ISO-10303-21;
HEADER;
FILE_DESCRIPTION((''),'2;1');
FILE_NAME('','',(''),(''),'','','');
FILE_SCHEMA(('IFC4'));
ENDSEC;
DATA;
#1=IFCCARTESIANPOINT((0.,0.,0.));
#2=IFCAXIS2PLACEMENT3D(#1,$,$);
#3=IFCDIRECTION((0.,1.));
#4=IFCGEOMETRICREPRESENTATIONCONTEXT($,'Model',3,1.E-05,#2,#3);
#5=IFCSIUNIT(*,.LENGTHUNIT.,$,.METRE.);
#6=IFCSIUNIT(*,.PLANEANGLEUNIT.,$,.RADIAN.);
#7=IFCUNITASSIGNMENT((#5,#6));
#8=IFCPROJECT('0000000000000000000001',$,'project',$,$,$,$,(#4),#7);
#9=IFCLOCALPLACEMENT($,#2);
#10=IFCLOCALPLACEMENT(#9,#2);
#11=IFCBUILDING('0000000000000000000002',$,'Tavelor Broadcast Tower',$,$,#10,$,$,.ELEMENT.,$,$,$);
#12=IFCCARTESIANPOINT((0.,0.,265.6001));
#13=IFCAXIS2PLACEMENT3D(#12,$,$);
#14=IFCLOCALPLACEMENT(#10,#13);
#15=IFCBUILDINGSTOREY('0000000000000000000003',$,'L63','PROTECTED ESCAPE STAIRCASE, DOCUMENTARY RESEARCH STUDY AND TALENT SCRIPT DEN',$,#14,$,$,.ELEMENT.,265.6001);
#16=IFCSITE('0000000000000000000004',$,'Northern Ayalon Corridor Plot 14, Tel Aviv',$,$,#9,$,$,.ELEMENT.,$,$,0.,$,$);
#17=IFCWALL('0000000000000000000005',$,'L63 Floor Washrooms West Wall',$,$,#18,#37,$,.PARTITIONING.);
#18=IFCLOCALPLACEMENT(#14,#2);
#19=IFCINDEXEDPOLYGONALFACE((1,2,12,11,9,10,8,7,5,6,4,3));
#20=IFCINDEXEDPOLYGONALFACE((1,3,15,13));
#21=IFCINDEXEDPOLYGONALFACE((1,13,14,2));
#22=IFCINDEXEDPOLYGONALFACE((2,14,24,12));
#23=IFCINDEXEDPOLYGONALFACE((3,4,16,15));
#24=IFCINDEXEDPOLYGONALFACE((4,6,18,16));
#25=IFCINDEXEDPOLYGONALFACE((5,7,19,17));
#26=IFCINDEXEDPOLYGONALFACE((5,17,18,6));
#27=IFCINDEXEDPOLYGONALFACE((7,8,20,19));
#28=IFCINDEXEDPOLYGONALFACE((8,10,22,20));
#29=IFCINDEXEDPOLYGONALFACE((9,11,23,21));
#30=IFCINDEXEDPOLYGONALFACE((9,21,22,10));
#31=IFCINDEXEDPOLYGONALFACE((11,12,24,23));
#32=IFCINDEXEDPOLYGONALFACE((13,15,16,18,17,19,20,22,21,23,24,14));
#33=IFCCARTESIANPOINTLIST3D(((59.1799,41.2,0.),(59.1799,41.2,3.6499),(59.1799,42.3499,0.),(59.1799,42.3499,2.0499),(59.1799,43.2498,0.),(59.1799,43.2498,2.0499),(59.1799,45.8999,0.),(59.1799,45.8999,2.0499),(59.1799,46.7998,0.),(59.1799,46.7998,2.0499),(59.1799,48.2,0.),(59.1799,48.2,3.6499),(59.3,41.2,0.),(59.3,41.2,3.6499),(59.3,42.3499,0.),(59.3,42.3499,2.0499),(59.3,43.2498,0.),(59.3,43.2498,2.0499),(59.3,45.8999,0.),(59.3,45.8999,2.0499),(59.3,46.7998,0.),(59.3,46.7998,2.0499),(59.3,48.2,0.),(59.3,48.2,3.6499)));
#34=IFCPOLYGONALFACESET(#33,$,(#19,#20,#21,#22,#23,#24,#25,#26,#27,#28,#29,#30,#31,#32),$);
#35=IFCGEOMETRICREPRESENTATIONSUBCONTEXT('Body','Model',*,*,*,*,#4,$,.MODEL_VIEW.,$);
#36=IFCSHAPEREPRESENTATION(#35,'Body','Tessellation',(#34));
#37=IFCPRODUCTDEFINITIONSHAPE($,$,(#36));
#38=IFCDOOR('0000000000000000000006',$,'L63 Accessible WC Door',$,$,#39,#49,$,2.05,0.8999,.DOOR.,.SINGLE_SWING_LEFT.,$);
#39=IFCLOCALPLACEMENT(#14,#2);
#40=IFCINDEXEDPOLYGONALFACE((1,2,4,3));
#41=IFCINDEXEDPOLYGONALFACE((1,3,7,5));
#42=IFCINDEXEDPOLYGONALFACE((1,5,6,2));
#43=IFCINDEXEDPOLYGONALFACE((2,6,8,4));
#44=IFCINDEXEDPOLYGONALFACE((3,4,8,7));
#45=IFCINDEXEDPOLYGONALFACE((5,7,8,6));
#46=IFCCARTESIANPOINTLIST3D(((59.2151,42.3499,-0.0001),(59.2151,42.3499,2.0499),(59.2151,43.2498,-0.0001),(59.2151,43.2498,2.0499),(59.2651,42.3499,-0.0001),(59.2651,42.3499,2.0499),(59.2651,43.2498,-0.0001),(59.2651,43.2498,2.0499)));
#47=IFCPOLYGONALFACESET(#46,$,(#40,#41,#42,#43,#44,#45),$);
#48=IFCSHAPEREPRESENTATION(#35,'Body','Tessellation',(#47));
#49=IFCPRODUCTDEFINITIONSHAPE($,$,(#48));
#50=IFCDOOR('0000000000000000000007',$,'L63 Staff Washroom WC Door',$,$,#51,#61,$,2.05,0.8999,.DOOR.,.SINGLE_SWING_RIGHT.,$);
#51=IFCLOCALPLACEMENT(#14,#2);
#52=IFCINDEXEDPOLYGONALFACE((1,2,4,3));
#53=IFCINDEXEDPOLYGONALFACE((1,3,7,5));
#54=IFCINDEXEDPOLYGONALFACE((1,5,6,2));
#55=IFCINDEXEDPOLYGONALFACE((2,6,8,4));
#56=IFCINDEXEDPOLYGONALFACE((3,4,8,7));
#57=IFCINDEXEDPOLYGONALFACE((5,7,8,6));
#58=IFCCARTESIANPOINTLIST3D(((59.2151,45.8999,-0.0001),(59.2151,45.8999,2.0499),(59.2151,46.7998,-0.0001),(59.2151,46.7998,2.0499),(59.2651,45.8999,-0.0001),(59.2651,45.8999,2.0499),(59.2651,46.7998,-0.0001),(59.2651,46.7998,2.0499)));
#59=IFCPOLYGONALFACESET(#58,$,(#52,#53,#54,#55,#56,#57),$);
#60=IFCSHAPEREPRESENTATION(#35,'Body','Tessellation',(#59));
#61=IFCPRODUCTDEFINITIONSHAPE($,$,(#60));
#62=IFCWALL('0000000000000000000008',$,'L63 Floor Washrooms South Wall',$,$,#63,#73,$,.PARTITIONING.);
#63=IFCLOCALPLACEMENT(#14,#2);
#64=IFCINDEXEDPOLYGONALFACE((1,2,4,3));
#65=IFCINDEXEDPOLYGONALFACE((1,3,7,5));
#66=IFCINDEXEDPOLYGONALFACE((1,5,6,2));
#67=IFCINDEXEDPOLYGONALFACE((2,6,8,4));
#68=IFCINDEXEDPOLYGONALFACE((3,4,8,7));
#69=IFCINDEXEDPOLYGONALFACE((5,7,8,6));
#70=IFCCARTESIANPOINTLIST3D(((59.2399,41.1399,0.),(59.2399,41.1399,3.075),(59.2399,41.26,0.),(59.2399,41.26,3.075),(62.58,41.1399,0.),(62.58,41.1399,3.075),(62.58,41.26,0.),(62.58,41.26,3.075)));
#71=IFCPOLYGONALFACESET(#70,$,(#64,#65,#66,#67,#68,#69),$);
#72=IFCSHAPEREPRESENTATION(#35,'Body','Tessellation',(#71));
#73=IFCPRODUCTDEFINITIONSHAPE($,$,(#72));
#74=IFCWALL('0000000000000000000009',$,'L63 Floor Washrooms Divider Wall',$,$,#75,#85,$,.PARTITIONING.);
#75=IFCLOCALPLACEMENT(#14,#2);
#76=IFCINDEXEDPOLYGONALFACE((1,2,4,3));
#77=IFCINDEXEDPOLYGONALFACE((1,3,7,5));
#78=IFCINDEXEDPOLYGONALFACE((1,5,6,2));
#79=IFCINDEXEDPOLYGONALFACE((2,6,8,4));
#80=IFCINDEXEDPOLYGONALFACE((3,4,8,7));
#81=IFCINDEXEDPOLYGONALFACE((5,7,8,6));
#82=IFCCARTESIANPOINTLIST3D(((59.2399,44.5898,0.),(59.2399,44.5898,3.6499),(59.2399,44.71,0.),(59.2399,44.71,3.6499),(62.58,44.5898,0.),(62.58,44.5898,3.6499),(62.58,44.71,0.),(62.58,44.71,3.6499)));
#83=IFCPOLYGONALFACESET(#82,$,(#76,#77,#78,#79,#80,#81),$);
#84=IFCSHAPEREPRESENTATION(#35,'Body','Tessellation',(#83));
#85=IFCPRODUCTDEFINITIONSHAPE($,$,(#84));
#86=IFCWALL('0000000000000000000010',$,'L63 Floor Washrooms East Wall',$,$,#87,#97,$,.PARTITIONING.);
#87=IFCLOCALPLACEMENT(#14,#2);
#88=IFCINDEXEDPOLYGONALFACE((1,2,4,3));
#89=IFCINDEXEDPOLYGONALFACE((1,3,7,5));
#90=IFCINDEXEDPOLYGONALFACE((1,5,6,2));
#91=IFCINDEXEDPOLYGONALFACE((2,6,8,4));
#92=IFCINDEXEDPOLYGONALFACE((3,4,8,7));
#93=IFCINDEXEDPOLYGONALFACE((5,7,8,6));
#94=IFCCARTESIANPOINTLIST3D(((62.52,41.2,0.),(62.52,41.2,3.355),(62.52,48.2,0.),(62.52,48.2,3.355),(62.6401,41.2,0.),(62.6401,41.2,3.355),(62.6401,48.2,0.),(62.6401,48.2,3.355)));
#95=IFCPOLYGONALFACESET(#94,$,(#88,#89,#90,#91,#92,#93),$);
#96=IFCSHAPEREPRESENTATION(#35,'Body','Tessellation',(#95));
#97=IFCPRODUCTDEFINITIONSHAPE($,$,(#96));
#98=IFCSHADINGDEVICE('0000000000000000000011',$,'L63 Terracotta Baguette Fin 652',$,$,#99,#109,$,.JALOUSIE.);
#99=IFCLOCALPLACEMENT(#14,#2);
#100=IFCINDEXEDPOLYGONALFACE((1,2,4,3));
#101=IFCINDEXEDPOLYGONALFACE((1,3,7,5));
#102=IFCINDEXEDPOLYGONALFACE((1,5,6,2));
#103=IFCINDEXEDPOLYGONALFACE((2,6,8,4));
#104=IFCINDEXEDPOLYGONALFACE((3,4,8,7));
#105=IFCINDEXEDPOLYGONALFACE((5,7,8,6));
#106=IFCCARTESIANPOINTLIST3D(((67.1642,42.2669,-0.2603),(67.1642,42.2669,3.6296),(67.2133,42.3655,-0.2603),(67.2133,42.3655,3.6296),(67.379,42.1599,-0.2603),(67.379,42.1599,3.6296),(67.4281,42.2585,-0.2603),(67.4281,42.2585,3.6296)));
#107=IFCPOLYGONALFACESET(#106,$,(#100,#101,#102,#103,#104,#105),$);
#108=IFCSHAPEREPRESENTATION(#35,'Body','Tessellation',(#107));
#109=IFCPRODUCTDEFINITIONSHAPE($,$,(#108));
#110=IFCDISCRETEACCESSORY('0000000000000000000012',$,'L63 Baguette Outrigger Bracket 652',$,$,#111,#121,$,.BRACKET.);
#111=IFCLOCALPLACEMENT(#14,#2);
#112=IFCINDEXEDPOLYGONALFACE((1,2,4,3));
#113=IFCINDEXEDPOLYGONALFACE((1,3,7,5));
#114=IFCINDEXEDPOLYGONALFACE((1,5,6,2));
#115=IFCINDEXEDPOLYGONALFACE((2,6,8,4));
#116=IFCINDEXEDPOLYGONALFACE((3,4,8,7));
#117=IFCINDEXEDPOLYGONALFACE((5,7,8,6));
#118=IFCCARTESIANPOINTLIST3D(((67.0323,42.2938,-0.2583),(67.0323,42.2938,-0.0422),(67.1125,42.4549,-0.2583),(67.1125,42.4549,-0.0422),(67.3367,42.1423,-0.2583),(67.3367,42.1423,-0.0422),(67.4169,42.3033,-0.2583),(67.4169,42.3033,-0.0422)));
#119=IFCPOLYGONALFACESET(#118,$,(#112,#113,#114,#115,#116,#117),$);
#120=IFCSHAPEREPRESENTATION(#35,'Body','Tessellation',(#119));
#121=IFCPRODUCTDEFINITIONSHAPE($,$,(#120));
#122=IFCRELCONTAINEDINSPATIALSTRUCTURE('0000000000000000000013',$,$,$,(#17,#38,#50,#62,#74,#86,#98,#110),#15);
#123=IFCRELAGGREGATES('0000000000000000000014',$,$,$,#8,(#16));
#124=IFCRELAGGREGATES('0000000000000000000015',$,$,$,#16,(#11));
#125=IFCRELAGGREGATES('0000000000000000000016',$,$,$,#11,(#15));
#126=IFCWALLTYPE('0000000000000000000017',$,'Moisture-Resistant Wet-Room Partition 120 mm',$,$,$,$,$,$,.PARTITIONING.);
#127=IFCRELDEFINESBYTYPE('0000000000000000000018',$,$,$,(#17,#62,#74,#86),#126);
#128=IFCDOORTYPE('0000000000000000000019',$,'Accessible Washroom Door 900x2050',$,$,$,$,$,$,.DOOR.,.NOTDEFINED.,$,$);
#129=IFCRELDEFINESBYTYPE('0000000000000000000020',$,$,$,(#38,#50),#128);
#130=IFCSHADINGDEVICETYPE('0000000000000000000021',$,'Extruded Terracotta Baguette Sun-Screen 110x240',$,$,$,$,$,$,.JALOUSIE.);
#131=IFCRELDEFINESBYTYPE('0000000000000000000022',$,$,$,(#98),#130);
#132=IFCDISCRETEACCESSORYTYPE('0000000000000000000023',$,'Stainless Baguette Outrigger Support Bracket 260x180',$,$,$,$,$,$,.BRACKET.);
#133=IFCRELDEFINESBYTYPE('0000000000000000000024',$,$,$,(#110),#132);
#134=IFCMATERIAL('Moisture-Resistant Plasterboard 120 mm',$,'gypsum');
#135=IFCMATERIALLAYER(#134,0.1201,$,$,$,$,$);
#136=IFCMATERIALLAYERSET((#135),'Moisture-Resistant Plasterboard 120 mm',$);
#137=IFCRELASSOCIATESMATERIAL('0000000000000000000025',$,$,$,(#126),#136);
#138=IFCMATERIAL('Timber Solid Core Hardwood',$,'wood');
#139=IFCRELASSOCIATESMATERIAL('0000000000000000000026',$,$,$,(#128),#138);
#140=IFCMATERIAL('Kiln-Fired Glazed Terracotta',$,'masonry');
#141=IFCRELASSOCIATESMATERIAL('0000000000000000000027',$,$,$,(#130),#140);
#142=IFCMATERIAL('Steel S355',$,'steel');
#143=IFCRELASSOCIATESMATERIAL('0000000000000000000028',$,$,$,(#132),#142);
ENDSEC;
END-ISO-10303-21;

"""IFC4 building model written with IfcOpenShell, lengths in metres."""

from ifc_helpers import new_model, si_unit, direction, frame, frame_2d, origin, origin_2d, place, context, subcontext, project, spatial, rectangle, extrude, source, transform, mapped, material, layer, layer_set, type_object, type_shapes, element, fill, save


model = new_model("IFC4")

# Units and contexts
model_context = context("Model", 3, precision=1e-05, world=origin(), true_north=direction((0.0, 1.0)))
body_context = subcontext(model_context, "Body", "Model", "MODEL_VIEW")
ifc_project = project(units=[si_unit("LENGTHUNIT", "METRE"), si_unit("PLANEANGLEUNIT", "RADIAN")], contexts=[model_context])

# Site, building, storey
site_placement = place(None, origin())
site = spatial("IfcSite", under=ifc_project, at=site_placement, Name="Northern Ayalon Corridor Plot 14, Tel Aviv", CompositionType="ELEMENT", RefElevation=0.0)
building_placement = place(site_placement, origin())
building = spatial("IfcBuilding", under=site, at=building_placement, Name="Tavelor Broadcast Tower", CompositionType="ELEMENT")
storey_placement = place(building_placement, frame((0.0, 0.0, 265.6001)))
storey = spatial("IfcBuildingStorey", under=building, at=storey_placement, Name="L63", Description="PROTECTED ESCAPE STAIRCASE, DOCUMENTARY RESEARCH STUDY AND TALENT SCRIPT DEN", CompositionType="ELEMENT", Elevation=265.6001)

# Shared definitions
ifc_material_1 = material(Name="Steel S355", Category="steel")

# Shared definitions
ifc_material_2 = material(Name="Timber Solid Core Hardwood", Category="wood")

# Wall, openings, doors
ifc_material_3 = material(Name="Moisture-Resistant Plasterboard 120 mm", Category="gypsum")
ifc_layer_1 = layer(ifc_material_3, 0.1201)
ifc_layer_set_1 = layer_set([ifc_layer_1], Name="Moisture-Resistant Plasterboard 120 mm")
wall_type_1 = type_object("IfcWallType", Name="Moisture-Resistant Wet-Room Partition 120 mm", PredefinedType="PARTITIONING", material=ifc_layer_set_1)
wall_1_placement = place(storey_placement, frame((59.24, 41.2, 0.0), z_axis=(0.0, 0.0, 1.0), x_axis=(0.0, 1.0, 0.0)))
wall_1 = element("IfcWall", 1, at=wall_1_placement, inside=storey, type_object=wall_type_1, Name="L63 Floor Washrooms West Wall", PredefinedType="PARTITIONING", context=body_context, shape_type="SweptSolid", body=[
    extrude(rectangle(XDim=7.0, YDim=0.1201, at=frame_2d((3.5, 0.0))), origin(), (0.0, 0.0, 1.0), 3.6499),
])
opening_1_placement = place(wall_1_placement, frame((1.1499, 0.0, 0.0)))
opening_1 = element("IfcOpeningElement", 2, at=opening_1_placement, cuts=wall_1, PredefinedType="OPENING", context=body_context, shape_type="SweptSolid", body=[
    extrude(rectangle(XDim=0.8999, YDim=2.05, at=frame_2d((0.45, 1.0249))), frame((0.0, 0.0701, 0.0), z_axis=(0.0, -1.0, 0.0), x_axis=(1.0, 0.0, 0.0)), (0.0, 0.0, 1.0), 0.1401),
])
opening_2_placement = place(wall_1_placement, frame((4.7, 0.0, 0.0)))
opening_2 = element("IfcOpeningElement", 3, at=opening_2_placement, cuts=wall_1, PredefinedType="OPENING", context=body_context, shape_type="SweptSolid", body=[
    extrude(rectangle(XDim=0.8999, YDim=2.05, at=frame_2d((0.45, 1.0249))), frame((0.0, 0.0701, 0.0), z_axis=(0.0, -1.0, 0.0), x_axis=(1.0, 0.0, 0.0)), (0.0, 0.0, 1.0), 0.1401),
])
door_type_1 = type_object("IfcDoorType", Name="Accessible Washroom Door 900x2050", OperationType="NOTDEFINED", PredefinedType="DOOR", material=ifc_material_2)
door_1_placement = place(opening_1_placement, origin())
door_1 = element("IfcDoor", 4, at=door_1_placement, inside=storey, type_object=door_type_1, Name="L63 Accessible WC Door", OperationType="SINGLE_SWING_LEFT", OverallHeight=2.05, OverallWidth=0.8999, PredefinedType="DOOR", context=body_context, shape_type="SweptSolid", body=[
    extrude(rectangle(XDim=0.8999, YDim=2.05, at=frame_2d((0.45, 1.0249))), frame((0.0, 0.0249, 0.0), z_axis=(0.0, -1.0, 0.0), x_axis=(1.0, 0.0, 0.0)), (0.0, 0.0, 1.0), 0.05),
])
fill(opening_1, door_1)
door_2_placement = place(opening_2_placement, origin())
door_2 = element("IfcDoor", 5, at=door_2_placement, inside=storey, type_object=door_type_1, Name="L63 Staff Washroom WC Door", OperationType="SINGLE_SWING_RIGHT", OverallHeight=2.05, OverallWidth=0.8999, PredefinedType="DOOR", context=body_context, shape_type="SweptSolid", body=[
    extrude(rectangle(XDim=0.8999, YDim=2.05, at=frame_2d((0.45, 1.0249))), frame((0.0, 0.0249, 0.0), z_axis=(0.0, -1.0, 0.0), x_axis=(1.0, 0.0, 0.0)), (0.0, 0.0, 1.0), 0.05),
])
fill(opening_2, door_2)

# Walls
wall_2_placement = place(storey_placement, frame((59.24, 41.2, 0.0), z_axis=(0.0, 0.0, 1.0), x_axis=(1.0, 0.0, 0.0)))
element("IfcWall", 6, at=wall_2_placement, inside=storey, type_object=wall_type_1, Name="L63 Floor Washrooms South Wall", PredefinedType="PARTITIONING", context=body_context, shape_type="SweptSolid", body=[
    extrude(rectangle(XDim=3.3401, YDim=0.1201, at=frame_2d((1.6699, 0.0))), origin(), (0.0, 0.0, 1.0), 3.075),
])
wall_3_placement = place(storey_placement, frame((59.24, 44.6499, 0.0), z_axis=(0.0, 0.0, 1.0), x_axis=(1.0, 0.0, 0.0)))
element("IfcWall", 7, at=wall_3_placement, inside=storey, type_object=wall_type_1, Name="L63 Floor Washrooms Divider Wall", PredefinedType="PARTITIONING", context=body_context, shape_type="SweptSolid", body=[
    extrude(rectangle(XDim=3.3401, YDim=0.1201, at=frame_2d((1.6699, 0.0))), origin(), (0.0, 0.0, 1.0), 3.6499),
])
wall_4_placement = place(storey_placement, frame((62.5801, 41.2, 0.0), z_axis=(0.0, 0.0, 1.0), x_axis=(0.0, 1.0, 0.0)))
element("IfcWall", 8, at=wall_4_placement, inside=storey, type_object=wall_type_1, Name="L63 Floor Washrooms East Wall", PredefinedType="PARTITIONING", context=body_context, shape_type="SweptSolid", body=[
    extrude(rectangle(XDim=7.0, YDim=0.1201, at=frame_2d((3.5, 0.0))), origin(), (0.0, 0.0, 1.0), 3.355),
])

# Shading device
ifc_material_4 = material(Name="Kiln-Fired Glazed Terracotta", Category="masonry")
shading_device_type = type_object("IfcShadingDeviceType", Name="Extruded Terracotta Baguette Sun-Screen 110x240", PredefinedType="JALOUSIE", material=ifc_material_4)
shared_shape_1 = source(origin(), body_context, "Body", "SweptSolid", [
    extrude(rectangle(XDim=0.1101, YDim=0.24, at=origin_2d()), origin(), (0.0, 0.0, 1.0), 3.8899),
])
type_shapes(shading_device_type, [shared_shape_1])
shading_device_placement = place(storey_placement, frame((67.2961, 42.2627, -0.2603), z_axis=(0.0, 0.0, 1.0), x_axis=(0.445729, 0.895168, 0.0)))
element("IfcShadingDevice", 9, at=shading_device_placement, inside=storey, type_object=shading_device_type, Name="L63 Terracotta Baguette Fin 652", PredefinedType="JALOUSIE", context=body_context, shape_type="MappedRepresentation", body=[
    mapped(shared_shape_1, transform((0.0, 0.0, 0.0), scale=1.0)),
])

# Discrete accessory
discrete_accessory_type = type_object("IfcDiscreteAccessoryType", Name="Stainless Baguette Outrigger Support Bracket 260x180", PredefinedType="BRACKET", material=ifc_material_1)
shared_shape_2 = source(origin(), body_context, "Body", "SweptSolid", [
    extrude(rectangle(XDim=0.1799, YDim=0.3401, at=origin_2d()), origin(), (0.0, 0.0, 1.0), 0.2161),
])
type_shapes(discrete_accessory_type, [shared_shape_2])
discrete_accessory_placement = place(storey_placement, frame((67.2246, 42.2986, -0.2583), z_axis=(0.0, 0.0, 1.0), x_axis=(0.445729, 0.895168, 0.0)))
element("IfcDiscreteAccessory", 10, at=discrete_accessory_placement, inside=storey, type_object=discrete_accessory_type, Name="L63 Baguette Outrigger Bracket 652", PredefinedType="BRACKET", context=body_context, shape_type="MappedRepresentation", body=[
    mapped(shared_shape_2, transform((0.0, 0.0, 0.0), scale=1.0)),
])

save(model, "model.ifc")
